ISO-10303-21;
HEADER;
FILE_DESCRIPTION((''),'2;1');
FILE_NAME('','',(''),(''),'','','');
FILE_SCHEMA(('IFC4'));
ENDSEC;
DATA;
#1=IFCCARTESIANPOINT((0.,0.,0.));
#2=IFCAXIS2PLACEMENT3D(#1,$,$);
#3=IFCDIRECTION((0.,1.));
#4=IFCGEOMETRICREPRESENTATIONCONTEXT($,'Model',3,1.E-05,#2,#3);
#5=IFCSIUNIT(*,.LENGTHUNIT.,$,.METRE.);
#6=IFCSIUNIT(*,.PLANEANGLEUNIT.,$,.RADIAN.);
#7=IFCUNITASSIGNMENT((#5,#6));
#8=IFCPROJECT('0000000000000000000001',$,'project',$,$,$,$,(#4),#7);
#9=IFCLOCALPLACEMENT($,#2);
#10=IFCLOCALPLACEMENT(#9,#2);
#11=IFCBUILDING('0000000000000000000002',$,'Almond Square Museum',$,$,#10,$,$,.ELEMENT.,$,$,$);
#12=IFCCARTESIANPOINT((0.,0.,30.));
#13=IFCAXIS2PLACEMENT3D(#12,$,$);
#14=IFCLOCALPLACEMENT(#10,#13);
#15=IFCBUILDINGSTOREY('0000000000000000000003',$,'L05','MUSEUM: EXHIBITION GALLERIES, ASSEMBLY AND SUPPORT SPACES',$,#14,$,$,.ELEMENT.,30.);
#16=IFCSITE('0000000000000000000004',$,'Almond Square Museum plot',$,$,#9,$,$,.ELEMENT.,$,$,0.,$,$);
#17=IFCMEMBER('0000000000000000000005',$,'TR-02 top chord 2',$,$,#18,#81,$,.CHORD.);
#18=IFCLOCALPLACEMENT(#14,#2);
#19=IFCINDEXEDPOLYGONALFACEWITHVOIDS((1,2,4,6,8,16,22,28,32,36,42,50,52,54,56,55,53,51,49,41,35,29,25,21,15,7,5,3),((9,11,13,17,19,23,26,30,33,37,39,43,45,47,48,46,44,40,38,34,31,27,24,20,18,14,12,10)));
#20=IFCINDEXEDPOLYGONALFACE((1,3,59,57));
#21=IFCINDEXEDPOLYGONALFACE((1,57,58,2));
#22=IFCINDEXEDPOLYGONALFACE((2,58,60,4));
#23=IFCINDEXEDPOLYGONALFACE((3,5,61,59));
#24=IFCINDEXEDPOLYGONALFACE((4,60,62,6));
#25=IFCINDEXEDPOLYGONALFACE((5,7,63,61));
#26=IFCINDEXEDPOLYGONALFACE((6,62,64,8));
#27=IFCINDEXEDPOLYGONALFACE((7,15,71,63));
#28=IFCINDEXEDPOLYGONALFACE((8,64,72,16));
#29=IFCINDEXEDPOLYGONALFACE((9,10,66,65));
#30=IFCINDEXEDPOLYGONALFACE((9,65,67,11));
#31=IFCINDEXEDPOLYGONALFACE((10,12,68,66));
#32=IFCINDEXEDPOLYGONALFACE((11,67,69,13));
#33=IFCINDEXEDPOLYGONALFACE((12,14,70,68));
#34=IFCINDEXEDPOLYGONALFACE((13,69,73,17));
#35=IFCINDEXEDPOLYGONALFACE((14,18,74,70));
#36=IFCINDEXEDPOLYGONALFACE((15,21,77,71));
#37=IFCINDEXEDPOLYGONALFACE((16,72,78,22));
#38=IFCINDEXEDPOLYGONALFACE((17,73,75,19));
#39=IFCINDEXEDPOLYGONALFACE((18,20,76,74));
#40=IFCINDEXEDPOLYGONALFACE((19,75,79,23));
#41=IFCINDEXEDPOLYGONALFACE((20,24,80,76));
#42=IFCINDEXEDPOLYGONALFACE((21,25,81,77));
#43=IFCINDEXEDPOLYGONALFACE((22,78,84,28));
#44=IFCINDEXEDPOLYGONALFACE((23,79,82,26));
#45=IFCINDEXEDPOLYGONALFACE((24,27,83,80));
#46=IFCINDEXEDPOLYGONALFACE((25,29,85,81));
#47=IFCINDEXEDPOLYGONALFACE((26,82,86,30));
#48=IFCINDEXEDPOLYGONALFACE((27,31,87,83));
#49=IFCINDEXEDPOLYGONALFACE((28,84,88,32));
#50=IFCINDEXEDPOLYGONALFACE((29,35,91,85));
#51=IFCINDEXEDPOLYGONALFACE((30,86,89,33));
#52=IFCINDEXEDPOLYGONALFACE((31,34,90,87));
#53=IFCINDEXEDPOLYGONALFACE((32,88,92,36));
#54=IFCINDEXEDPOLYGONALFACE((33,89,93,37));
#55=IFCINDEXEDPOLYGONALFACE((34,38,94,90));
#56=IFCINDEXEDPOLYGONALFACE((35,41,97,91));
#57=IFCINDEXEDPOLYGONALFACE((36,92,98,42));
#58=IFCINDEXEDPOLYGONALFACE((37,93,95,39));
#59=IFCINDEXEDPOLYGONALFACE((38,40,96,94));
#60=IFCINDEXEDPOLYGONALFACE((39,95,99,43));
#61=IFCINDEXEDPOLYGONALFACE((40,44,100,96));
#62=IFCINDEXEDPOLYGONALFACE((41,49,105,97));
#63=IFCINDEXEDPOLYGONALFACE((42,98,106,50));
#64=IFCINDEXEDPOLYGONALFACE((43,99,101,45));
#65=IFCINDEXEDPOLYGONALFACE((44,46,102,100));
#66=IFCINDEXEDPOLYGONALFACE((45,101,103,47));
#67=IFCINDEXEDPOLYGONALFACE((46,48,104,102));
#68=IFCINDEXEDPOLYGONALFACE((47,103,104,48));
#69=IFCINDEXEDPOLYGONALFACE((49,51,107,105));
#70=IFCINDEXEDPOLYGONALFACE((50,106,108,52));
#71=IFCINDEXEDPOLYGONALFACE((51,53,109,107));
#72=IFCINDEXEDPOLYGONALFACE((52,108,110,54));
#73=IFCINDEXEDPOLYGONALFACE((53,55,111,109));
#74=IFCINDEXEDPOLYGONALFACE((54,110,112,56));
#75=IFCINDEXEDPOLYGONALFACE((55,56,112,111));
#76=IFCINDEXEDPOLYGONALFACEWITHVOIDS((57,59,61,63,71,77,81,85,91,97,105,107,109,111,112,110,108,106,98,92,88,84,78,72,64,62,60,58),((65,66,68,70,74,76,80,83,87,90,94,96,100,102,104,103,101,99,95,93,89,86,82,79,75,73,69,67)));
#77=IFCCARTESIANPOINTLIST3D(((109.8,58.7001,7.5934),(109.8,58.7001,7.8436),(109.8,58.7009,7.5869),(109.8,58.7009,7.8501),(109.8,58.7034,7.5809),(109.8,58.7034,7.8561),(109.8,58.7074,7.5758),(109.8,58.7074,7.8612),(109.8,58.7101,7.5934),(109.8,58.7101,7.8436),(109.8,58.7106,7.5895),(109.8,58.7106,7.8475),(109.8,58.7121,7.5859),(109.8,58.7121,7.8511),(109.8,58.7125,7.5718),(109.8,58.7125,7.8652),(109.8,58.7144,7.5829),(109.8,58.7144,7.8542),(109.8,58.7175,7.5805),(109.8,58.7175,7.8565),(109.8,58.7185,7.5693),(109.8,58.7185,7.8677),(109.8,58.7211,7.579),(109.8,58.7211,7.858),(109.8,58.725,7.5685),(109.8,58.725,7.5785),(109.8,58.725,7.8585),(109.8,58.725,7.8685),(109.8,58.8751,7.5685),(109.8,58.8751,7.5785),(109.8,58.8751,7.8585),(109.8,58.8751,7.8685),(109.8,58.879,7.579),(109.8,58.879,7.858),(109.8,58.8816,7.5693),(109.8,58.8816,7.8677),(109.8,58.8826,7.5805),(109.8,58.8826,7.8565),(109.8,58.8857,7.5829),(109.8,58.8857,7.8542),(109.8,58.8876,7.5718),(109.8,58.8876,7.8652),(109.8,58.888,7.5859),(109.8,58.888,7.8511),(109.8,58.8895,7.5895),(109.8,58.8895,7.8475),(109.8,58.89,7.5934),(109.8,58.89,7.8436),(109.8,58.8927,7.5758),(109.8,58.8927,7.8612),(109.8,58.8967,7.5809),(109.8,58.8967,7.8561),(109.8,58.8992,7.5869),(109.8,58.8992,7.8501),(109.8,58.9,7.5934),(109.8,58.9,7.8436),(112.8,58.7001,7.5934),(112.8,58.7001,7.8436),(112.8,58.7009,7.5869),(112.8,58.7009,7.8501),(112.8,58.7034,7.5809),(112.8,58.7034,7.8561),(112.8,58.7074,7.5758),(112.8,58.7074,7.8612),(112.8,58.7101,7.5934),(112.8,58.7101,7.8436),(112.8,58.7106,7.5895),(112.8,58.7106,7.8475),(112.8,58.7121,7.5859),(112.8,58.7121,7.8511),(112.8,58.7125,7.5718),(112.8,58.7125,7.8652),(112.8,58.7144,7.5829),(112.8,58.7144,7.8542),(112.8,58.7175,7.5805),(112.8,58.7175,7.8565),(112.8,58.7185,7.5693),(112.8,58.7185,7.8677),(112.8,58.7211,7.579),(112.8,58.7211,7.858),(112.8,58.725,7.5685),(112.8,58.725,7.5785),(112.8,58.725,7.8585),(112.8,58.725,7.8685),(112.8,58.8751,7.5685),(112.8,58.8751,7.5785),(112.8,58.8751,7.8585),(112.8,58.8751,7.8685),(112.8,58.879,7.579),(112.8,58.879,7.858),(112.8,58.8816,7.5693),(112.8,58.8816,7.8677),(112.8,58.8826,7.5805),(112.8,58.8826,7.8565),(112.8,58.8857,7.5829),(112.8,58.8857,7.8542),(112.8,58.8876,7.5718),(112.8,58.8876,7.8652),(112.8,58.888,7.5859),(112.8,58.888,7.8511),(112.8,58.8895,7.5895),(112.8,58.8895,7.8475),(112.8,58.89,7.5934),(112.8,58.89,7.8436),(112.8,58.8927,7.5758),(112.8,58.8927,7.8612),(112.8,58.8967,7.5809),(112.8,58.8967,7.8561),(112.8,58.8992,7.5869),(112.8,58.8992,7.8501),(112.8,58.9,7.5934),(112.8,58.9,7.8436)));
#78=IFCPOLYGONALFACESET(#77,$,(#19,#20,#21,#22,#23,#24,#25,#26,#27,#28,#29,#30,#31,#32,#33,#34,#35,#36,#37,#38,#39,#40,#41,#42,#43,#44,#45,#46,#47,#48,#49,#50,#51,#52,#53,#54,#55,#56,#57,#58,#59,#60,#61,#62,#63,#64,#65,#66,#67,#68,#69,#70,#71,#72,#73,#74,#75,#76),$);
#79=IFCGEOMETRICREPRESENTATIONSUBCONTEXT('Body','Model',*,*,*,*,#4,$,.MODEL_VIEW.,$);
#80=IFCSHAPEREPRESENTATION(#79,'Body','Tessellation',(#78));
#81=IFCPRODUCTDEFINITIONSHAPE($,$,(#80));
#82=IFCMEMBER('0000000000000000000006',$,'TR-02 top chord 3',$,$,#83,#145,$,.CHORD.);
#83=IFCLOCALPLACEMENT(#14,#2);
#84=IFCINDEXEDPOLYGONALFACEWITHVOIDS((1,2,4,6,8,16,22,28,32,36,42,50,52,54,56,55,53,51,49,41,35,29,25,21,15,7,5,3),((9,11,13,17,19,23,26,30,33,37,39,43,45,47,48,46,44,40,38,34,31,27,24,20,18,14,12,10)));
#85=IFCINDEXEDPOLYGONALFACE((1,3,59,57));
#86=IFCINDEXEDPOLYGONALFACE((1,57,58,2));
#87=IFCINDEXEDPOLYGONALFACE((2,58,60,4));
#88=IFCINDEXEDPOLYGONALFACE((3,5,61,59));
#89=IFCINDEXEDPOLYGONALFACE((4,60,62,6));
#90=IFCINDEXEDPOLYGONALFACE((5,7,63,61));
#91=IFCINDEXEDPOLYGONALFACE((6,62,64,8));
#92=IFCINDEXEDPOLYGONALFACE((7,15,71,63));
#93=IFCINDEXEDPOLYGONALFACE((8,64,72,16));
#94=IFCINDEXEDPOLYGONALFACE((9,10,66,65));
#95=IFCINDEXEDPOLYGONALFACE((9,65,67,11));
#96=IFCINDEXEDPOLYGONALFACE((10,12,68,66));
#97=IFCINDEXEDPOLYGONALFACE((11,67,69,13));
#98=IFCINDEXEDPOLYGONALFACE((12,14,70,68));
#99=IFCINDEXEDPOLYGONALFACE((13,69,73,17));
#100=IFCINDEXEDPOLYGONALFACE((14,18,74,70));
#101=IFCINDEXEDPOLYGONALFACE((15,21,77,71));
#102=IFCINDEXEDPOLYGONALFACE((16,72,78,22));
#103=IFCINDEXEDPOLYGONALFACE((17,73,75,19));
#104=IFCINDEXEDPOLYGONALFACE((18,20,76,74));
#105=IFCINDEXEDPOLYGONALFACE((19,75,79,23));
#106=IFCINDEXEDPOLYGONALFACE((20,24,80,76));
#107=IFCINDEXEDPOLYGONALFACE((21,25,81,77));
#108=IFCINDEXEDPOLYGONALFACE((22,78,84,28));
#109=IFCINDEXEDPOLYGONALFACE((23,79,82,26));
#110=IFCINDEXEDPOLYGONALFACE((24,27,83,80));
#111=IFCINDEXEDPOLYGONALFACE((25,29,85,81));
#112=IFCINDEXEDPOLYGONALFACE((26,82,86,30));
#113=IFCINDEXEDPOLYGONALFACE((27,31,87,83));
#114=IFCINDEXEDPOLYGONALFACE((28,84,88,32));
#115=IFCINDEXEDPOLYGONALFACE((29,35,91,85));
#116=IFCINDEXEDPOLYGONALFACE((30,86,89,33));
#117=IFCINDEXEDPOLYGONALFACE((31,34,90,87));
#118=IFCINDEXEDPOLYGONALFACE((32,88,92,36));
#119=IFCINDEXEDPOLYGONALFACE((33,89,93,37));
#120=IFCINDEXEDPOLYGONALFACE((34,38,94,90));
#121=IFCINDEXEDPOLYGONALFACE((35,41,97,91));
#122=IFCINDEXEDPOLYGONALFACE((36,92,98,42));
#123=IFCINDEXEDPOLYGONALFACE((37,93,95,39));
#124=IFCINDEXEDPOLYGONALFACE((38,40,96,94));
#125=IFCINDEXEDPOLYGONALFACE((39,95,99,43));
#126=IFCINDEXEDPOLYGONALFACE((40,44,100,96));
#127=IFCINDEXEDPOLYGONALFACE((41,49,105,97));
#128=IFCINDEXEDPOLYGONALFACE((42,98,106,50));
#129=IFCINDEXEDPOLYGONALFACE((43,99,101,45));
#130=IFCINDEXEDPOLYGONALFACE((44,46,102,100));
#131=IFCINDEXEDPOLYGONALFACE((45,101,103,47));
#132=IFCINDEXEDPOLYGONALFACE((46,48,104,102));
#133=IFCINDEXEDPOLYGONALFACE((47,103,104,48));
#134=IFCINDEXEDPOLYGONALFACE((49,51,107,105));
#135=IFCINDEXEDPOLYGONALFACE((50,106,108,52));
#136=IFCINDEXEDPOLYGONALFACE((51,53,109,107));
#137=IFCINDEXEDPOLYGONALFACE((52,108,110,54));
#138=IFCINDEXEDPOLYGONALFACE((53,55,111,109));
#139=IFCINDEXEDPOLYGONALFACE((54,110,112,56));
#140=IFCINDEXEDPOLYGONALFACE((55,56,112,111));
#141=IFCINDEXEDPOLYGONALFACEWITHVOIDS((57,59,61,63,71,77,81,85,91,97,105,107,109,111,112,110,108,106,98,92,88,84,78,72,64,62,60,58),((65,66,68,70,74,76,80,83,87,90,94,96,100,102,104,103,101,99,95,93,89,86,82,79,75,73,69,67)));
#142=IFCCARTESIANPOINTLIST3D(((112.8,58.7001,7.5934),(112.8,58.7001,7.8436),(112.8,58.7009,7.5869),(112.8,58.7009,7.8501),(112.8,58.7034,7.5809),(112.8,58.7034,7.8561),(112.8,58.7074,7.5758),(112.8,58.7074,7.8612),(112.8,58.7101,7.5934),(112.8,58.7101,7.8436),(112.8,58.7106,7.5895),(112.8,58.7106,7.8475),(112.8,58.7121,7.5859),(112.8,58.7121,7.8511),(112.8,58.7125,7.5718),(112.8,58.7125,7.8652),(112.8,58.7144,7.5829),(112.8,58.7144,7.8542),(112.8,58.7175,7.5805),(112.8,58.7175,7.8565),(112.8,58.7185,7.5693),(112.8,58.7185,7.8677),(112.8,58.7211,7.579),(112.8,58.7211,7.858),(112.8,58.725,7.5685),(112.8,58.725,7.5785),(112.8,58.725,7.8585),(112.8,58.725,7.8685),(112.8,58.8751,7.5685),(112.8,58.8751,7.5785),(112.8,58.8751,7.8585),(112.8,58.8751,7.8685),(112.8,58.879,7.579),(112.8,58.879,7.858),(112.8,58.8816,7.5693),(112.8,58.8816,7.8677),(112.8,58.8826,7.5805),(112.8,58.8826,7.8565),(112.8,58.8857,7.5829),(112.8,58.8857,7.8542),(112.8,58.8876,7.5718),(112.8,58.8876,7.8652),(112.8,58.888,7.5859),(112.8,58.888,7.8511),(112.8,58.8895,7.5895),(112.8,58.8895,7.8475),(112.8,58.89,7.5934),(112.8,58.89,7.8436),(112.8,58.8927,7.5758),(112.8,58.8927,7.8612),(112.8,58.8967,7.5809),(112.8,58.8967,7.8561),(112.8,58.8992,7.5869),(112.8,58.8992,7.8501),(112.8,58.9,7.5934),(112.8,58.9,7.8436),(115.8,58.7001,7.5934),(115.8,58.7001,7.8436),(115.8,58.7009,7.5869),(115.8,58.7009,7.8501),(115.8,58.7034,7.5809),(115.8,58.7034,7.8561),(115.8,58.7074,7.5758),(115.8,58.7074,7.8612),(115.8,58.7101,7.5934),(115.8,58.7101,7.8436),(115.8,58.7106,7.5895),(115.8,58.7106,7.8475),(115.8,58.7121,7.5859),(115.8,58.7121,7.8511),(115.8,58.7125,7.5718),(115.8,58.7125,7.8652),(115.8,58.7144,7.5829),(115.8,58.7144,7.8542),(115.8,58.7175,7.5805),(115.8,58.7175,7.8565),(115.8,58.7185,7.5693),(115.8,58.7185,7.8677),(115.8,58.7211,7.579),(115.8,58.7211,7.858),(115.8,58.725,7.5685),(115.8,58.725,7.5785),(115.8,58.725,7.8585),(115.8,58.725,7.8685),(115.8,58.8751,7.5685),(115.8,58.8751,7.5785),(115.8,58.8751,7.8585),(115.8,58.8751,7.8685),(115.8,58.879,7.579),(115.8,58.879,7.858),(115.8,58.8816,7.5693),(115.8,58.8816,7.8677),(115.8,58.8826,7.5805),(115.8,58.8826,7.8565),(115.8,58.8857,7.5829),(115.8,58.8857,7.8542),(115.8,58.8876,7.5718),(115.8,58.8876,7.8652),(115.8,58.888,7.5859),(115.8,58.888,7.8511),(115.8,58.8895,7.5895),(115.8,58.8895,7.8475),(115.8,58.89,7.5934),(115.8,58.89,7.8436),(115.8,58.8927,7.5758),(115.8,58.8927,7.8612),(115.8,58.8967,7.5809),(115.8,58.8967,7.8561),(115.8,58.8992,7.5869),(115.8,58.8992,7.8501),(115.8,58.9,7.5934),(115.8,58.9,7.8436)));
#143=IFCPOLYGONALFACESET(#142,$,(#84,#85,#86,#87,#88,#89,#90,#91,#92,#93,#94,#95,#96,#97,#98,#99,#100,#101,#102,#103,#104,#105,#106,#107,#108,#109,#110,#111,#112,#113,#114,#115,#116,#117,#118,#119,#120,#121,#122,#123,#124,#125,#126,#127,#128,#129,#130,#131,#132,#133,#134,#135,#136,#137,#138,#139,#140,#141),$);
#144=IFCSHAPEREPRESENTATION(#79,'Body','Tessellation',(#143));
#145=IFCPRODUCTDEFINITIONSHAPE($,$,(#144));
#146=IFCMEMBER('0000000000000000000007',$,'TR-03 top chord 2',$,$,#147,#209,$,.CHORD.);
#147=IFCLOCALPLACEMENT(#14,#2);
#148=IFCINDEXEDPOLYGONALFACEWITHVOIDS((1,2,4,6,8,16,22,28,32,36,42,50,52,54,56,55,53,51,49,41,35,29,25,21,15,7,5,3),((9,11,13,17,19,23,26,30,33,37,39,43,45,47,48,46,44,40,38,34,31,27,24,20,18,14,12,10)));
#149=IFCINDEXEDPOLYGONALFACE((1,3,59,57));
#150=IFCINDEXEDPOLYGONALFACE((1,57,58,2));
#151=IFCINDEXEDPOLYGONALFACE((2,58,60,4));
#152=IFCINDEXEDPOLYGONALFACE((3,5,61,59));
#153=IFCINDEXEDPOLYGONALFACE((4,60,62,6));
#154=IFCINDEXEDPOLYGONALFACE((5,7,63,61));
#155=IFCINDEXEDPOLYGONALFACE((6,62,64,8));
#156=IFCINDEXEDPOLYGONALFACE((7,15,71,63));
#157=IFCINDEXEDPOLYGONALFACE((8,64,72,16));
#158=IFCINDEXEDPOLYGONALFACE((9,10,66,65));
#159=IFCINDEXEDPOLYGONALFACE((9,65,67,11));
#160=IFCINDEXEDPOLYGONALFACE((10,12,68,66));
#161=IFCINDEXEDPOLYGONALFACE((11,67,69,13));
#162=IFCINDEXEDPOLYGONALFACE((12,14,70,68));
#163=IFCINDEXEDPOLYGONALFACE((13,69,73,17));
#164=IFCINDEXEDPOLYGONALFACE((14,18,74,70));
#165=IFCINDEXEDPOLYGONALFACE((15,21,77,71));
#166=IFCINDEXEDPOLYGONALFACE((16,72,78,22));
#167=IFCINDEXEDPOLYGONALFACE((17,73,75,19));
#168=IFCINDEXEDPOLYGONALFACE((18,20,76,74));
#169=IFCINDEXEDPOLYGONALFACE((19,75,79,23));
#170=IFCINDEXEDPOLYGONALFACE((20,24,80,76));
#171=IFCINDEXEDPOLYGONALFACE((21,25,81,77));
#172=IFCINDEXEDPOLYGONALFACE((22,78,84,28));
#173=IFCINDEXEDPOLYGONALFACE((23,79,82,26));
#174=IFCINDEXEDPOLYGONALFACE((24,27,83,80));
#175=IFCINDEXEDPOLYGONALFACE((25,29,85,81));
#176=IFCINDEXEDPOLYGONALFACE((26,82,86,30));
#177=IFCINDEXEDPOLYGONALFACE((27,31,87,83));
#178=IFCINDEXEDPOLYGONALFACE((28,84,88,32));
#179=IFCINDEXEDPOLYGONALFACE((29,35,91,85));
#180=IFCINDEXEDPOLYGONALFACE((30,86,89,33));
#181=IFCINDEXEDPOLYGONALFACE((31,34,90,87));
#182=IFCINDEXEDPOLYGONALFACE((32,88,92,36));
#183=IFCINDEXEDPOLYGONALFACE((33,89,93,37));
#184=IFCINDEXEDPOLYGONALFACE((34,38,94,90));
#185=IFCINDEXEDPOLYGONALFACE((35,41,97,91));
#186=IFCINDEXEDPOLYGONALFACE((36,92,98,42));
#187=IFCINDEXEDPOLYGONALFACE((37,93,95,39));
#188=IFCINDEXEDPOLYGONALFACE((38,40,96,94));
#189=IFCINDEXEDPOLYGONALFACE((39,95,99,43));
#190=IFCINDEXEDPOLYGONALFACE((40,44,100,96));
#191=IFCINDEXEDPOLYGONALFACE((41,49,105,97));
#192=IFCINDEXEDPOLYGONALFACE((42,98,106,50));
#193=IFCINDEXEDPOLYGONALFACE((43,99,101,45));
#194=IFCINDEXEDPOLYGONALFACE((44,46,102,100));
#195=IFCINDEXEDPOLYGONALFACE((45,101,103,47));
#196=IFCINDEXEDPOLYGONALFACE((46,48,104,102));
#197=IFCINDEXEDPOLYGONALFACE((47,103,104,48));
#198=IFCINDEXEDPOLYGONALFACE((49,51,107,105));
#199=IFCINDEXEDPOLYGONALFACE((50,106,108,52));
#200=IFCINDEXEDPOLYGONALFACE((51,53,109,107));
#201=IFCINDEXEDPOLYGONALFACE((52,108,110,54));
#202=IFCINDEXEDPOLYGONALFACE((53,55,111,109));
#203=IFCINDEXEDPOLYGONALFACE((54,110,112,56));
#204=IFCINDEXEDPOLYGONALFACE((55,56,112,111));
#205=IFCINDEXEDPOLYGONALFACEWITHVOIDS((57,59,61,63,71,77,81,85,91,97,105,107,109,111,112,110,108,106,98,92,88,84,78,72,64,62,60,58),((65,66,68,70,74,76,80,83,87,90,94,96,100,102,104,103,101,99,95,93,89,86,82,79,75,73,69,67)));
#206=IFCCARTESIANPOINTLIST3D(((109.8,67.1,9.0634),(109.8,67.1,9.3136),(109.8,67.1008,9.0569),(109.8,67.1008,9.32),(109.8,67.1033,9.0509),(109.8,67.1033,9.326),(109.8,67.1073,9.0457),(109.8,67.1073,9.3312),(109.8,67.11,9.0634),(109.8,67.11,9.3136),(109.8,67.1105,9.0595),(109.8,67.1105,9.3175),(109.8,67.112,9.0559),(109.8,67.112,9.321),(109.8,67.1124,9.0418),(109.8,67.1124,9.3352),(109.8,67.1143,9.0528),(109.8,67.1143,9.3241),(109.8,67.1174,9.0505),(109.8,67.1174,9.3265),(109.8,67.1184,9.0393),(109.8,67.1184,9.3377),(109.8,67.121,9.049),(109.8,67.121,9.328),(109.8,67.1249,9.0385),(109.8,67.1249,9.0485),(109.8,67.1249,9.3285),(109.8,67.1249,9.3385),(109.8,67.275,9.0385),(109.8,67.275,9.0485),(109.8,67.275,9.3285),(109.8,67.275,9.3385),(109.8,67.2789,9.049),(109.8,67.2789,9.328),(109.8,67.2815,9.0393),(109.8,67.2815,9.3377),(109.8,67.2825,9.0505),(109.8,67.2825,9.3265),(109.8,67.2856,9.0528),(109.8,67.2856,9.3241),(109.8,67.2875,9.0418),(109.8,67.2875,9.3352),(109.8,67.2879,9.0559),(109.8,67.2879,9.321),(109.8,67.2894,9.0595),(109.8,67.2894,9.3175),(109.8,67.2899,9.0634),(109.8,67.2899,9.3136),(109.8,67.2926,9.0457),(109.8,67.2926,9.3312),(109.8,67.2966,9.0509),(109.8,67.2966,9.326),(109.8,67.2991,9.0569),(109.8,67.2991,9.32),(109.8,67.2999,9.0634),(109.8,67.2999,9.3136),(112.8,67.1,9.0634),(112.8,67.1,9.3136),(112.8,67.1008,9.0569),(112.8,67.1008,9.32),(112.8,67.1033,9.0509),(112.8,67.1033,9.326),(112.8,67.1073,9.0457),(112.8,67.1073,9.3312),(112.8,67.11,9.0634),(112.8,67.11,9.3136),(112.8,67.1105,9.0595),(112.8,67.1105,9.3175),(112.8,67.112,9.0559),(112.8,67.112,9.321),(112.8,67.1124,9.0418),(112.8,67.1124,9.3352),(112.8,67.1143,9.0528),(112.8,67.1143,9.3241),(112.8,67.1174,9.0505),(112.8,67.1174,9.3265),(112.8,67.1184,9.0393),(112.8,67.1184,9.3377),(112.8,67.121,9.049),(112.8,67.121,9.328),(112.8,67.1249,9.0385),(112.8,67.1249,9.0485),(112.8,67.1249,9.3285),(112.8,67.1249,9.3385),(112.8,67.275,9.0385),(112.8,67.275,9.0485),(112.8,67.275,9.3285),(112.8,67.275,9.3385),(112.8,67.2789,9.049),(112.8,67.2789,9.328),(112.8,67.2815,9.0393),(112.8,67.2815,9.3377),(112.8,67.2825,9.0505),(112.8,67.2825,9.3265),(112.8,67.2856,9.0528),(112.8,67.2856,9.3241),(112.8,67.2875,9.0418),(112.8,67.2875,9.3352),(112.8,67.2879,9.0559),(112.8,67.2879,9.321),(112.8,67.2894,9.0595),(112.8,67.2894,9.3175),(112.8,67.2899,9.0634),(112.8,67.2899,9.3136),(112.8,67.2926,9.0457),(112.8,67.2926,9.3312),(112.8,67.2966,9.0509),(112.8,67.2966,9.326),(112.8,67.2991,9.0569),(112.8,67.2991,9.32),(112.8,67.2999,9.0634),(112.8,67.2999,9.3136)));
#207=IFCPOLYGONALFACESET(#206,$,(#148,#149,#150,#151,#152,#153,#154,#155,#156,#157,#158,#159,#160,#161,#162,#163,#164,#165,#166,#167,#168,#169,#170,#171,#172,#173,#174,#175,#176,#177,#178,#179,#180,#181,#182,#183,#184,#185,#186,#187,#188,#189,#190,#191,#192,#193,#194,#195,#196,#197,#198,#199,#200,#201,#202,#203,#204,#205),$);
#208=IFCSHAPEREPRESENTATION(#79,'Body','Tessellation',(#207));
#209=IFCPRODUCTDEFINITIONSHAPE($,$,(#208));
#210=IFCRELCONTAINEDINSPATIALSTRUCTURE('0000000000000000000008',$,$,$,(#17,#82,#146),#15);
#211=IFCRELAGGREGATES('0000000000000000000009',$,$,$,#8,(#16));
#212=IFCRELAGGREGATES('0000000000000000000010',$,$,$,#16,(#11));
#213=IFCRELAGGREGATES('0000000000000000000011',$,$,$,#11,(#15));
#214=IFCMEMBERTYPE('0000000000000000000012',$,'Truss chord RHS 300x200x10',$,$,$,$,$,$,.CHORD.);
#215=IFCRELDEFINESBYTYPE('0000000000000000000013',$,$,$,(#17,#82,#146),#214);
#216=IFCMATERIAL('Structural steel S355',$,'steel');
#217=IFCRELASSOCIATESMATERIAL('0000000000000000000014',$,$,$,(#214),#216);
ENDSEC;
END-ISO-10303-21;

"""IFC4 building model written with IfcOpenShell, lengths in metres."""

from ifc_helpers import new_model, si_unit, direction, frame, origin, origin_2d, place, context, subcontext, project, spatial, hollow_rectangle, extrude, material, material_profile, profile_set, type_object, element, save


model = new_model("IFC4")

# Units and contexts
model_context = context("Model", 3, precision=1e-05, world=origin(), true_north=direction((0.0, 1.0)))
body_context = subcontext(model_context, "Body", "Model", "MODEL_VIEW")
ifc_project = project(units=[si_unit("LENGTHUNIT", "METRE"), si_unit("PLANEANGLEUNIT", "RADIAN")], contexts=[model_context])

# Site, building, storey
site_placement = place(None, origin())
site = spatial("IfcSite", under=ifc_project, at=site_placement, Name="Almond Square Museum plot", CompositionType="ELEMENT", RefElevation=0.0)
building_placement = place(site_placement, origin())
building = spatial("IfcBuilding", under=site, at=building_placement, Name="Almond Square Museum", CompositionType="ELEMENT")
storey_placement = place(building_placement, frame((0.0, 0.0, 30.0)))
storey = spatial("IfcBuildingStorey", under=building, at=storey_placement, Name="L05", Description="MUSEUM: EXHIBITION GALLERIES, ASSEMBLY AND SUPPORT SPACES", CompositionType="ELEMENT", Elevation=30.0)

# Members
ifc_material_1 = material(Name="Structural steel S355", Category="steel")
ifc_material_profile_1 = material_profile(ifc_material_1, hollow_rectangle(XDim=0.2, YDim=0.3, WallThickness=0.01, InnerFilletRadius=0.0149, OuterFilletRadius=0.0249, at=origin_2d()))
ifc_profile_set_1 = profile_set([ifc_material_profile_1], Name="Structural steel S355")
member_type_1 = type_object("IfcMemberType", Name="Truss chord RHS 300x200x10", PredefinedType="CHORD", material=ifc_profile_set_1)
for number, where, z_axis, x_axis, name in (
    (1, (109.8, 58.8, 7.7185), (1.0, 0.0, 0.0), (0.0, 1.0, 0.0), "TR-02 top chord 2"),
    (2, (112.8, 58.8, 7.7185), (1.0, 0.0, 0.0), (0.0, 1.0, 0.0), "TR-02 top chord 3"),
    (3, (109.8, 67.2, 9.1885), (1.0, 0.0, 0.0), (0.0, 1.0, 0.0), "TR-03 top chord 2"),
):
    element("IfcMember", number, at=place(storey_placement, frame(where, z_axis=z_axis, x_axis=x_axis)), inside=storey, type_object=member_type_1, Name=name, PredefinedType="CHORD", context=body_context, shape_type="SweptSolid", body=[
        extrude(hollow_rectangle(XDim=0.2, YDim=0.3, WallThickness=0.01, InnerFilletRadius=0.0149, OuterFilletRadius=0.0249, at=origin_2d()), origin(), (0.0, 0.0, 1.0), 3.0),
    ])

save(model, "model.ifc")
